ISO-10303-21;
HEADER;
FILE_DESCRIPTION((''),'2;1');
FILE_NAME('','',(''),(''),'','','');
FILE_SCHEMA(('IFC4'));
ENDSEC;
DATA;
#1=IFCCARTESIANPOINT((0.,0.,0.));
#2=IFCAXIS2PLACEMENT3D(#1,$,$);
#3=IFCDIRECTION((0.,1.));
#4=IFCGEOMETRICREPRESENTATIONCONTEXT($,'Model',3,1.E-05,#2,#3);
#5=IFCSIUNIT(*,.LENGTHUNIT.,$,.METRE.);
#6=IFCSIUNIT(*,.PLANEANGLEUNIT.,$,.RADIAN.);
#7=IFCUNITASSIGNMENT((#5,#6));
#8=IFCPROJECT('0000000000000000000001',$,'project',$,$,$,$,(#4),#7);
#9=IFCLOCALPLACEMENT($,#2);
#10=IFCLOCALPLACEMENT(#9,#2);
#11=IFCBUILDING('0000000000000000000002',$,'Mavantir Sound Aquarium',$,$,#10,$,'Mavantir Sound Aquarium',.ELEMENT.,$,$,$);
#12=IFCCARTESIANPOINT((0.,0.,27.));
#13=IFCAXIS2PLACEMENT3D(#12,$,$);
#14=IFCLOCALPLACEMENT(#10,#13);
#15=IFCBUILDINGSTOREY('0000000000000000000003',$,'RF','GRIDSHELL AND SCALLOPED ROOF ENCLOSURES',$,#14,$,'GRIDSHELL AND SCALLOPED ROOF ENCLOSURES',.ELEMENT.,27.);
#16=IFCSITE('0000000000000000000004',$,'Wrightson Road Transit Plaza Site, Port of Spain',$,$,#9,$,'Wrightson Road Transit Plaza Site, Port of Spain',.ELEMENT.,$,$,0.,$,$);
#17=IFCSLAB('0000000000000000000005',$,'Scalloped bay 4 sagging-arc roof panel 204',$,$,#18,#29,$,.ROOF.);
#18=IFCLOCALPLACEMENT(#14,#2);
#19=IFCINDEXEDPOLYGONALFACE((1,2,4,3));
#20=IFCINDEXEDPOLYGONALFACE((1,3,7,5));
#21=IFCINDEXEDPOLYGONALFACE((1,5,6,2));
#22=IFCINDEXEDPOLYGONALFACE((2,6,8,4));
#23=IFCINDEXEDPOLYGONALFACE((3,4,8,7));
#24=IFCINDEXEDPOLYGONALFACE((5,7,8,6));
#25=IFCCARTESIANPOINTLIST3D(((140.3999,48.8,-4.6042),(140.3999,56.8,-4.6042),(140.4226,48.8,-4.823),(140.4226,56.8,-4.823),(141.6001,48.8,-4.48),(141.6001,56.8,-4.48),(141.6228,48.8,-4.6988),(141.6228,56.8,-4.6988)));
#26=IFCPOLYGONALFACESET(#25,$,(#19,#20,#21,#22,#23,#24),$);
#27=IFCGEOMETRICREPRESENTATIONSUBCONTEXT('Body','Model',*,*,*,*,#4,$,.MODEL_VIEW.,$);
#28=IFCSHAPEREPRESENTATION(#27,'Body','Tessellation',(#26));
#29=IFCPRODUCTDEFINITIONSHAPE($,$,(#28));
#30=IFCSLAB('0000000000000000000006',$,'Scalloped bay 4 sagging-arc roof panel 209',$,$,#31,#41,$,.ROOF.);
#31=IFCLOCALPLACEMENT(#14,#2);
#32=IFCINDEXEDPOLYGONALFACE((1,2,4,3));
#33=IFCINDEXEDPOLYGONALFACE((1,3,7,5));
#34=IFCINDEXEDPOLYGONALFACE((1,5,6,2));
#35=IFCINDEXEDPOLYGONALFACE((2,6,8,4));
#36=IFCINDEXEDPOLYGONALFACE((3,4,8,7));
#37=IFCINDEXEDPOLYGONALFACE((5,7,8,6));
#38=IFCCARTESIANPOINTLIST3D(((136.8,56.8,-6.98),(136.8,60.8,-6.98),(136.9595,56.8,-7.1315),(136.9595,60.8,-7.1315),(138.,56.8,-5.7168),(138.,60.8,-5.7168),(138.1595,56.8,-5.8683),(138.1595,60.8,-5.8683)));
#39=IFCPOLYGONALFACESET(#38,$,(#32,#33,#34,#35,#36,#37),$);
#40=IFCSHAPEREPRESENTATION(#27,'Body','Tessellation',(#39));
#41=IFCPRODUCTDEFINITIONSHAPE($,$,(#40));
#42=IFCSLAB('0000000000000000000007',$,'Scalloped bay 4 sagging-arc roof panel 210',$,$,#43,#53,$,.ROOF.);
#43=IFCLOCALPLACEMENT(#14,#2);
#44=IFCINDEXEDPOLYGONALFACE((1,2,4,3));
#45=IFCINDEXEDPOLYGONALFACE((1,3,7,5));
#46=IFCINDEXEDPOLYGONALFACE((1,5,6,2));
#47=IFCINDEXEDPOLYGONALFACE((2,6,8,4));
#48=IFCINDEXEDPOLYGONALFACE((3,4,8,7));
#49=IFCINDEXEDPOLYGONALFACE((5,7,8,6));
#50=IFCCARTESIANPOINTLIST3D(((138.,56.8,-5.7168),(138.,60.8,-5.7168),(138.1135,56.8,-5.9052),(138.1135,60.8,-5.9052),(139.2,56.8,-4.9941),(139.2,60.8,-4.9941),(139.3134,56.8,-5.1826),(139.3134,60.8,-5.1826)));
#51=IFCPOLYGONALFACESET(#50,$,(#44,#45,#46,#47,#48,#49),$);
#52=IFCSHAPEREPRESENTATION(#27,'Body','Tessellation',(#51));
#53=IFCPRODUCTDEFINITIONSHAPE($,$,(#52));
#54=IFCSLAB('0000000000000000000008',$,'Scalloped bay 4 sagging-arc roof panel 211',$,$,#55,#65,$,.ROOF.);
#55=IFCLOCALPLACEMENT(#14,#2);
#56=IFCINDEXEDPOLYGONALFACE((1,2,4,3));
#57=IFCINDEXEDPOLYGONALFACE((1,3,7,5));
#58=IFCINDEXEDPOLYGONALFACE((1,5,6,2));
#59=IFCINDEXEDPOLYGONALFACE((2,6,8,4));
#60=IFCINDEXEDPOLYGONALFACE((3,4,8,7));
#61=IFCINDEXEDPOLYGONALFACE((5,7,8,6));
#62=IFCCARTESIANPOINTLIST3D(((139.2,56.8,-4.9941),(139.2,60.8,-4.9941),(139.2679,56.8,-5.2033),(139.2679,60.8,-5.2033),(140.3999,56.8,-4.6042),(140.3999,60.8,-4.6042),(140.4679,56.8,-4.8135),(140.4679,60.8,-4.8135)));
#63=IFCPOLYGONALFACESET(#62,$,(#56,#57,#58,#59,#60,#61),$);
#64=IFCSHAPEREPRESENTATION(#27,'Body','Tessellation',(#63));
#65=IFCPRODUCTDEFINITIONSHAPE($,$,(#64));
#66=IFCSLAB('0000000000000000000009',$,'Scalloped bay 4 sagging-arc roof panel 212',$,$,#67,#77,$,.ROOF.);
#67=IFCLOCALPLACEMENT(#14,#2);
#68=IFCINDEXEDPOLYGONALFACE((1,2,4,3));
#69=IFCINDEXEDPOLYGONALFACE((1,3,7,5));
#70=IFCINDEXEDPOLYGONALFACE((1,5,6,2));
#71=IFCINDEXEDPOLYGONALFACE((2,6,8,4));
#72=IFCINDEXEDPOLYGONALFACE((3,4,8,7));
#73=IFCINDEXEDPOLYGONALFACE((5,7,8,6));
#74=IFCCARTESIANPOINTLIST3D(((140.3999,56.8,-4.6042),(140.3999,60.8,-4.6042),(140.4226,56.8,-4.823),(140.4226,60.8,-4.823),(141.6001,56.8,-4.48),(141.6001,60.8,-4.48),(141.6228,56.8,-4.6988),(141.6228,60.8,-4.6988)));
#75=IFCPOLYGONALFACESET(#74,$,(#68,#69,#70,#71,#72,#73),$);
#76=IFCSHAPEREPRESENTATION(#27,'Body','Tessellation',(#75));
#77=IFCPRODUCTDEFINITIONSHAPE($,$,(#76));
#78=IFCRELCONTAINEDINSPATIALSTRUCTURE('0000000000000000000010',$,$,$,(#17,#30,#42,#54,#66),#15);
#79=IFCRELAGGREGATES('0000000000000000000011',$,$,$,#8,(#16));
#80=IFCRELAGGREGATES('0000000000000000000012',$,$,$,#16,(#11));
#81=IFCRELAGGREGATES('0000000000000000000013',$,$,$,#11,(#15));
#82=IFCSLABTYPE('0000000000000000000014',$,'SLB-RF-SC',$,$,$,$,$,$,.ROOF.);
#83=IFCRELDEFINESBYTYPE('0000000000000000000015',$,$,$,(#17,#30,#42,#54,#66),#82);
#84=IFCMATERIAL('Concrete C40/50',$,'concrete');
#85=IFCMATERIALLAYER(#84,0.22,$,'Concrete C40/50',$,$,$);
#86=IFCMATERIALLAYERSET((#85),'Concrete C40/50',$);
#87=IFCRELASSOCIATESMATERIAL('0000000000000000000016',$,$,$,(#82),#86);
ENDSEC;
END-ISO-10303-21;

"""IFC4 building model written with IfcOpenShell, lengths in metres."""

from ifc_helpers import new_model, si_unit, direction, frame, origin, place, context, subcontext, project, spatial, polyline, outline, extrude, material, layer, layer_set, type_object, element, save


model = new_model("IFC4")

# Units and contexts
model_context = context("Model", 3, precision=1e-05, world=origin(), true_north=direction((0.0, 1.0)))
body_context = subcontext(model_context, "Body", "Model", "MODEL_VIEW")
ifc_project = project(units=[si_unit("LENGTHUNIT", "METRE"), si_unit("PLANEANGLEUNIT", "RADIAN")], contexts=[model_context])

# Site, building, storey
site_placement = place(None, origin())
site = spatial("IfcSite", under=ifc_project, at=site_placement, Name="Wrightson Road Transit Plaza Site, Port of Spain", LongName="Wrightson Road Transit Plaza Site, Port of Spain", CompositionType="ELEMENT", RefElevation=0.0)
building_placement = place(site_placement, origin())
building = spatial("IfcBuilding", under=site, at=building_placement, Name="Mavantir Sound Aquarium", LongName="Mavantir Sound Aquarium", CompositionType="ELEMENT")
storey_placement = place(building_placement, frame((0.0, 0.0, 27.0)))
storey = spatial("IfcBuildingStorey", under=building, at=storey_placement, Name="RF", Description="GRIDSHELL AND SCALLOPED ROOF ENCLOSURES", LongName="GRIDSHELL AND SCALLOPED ROOF ENCLOSURES", CompositionType="ELEMENT", Elevation=27.0)

# Shared definitions
ifc_material_1 = material(Name="Concrete C40/50", Category="concrete")

# Slabs
ifc_layer_1 = layer(ifc_material_1, 0.22, Name="Concrete C40/50")
ifc_layer_set_1 = layer_set([ifc_layer_1], Name="Concrete C40/50")
slab_type = type_object("IfcSlabType", Name="SLB-RF-SC", PredefinedType="ROOF", material=ifc_layer_set_1)
slab_1_placement = place(storey_placement, frame((140.3999, 48.8, -4.6042), z_axis=(-0.102989, 0.0, 0.994683), x_axis=(0.994683, 0.0, 0.102989)))
element("IfcSlab", 1, at=slab_1_placement, inside=storey, type_object=slab_type, Name="Scalloped bay 4 sagging-arc roof panel 204", PredefinedType="ROOF", context=body_context, shape_type="SweptSolid", body=[
    extrude(outline(polyline([(0.0, 0.0), (1.2066, 0.0), (1.2066, 8.0), (0.0, 8.0), (0.0, 0.0)])), origin(), (0.0, 0.0, -1.0), 0.22),
])
slab_2_placement = place(storey_placement, frame((136.8, 56.8, -6.98), z_axis=(-0.72502, 0.0, 0.688727), x_axis=(0.688727, 0.0, 0.72502)))
element("IfcSlab", 2, at=slab_2_placement, inside=storey, type_object=slab_type, Name="Scalloped bay 4 sagging-arc roof panel 209", PredefinedType="ROOF", context=body_context, shape_type="SweptSolid", body=[
    extrude(outline(polyline([(0.0, 0.0), (1.7423, 0.0), (1.7423, 4.0), (0.0, 4.0), (0.0, 0.0)])), origin(), (0.0, 0.0, -1.0), 0.22),
])
slab_3_placement = place(storey_placement, frame((138.0, 56.8, -5.7168), z_axis=(-0.515905, 0.0, 0.856646), x_axis=(0.856646, 0.0, 0.515905)))
element("IfcSlab", 3, at=slab_3_placement, inside=storey, type_object=slab_type, Name="Scalloped bay 4 sagging-arc roof panel 210", PredefinedType="ROOF", context=body_context, shape_type="SweptSolid", body=[
    extrude(outline(polyline([(0.0, 0.0), (1.4008, 0.0), (1.4008, 4.0), (0.0, 4.0), (0.0, 0.0)])), origin(), (0.0, 0.0, -1.0), 0.22),
])
slab_4_placement = place(storey_placement, frame((139.2, 56.8, -4.9941), z_axis=(-0.30902, 0.0, 0.951055), x_axis=(0.951055, 0.0, 0.30902)))
element("IfcSlab", 4, at=slab_4_placement, inside=storey, type_object=slab_type, Name="Scalloped bay 4 sagging-arc roof panel 211", PredefinedType="ROOF", context=body_context, shape_type="SweptSolid", body=[
    extrude(outline(polyline([(0.0, 0.0), (1.2617, 0.0), (1.2617, 4.0), (0.0, 4.0), (0.0, 0.0)])), origin(), (0.0, 0.0, -1.0), 0.22),
])
slab_5_placement = place(storey_placement, frame((140.3999, 56.8, -4.6042), z_axis=(-0.102989, 0.0, 0.994683), x_axis=(0.994683, 0.0, 0.102989)))
element("IfcSlab", 5, at=slab_5_placement, inside=storey, type_object=slab_type, Name="Scalloped bay 4 sagging-arc roof panel 212", PredefinedType="ROOF", context=body_context, shape_type="SweptSolid", body=[
    extrude(outline(polyline([(0.0, 0.0), (1.2066, 0.0), (1.2066, 4.0), (0.0, 4.0), (0.0, 0.0)])), origin(), (0.0, 0.0, -1.0), 0.22),
])

save(model, "model.ifc")
